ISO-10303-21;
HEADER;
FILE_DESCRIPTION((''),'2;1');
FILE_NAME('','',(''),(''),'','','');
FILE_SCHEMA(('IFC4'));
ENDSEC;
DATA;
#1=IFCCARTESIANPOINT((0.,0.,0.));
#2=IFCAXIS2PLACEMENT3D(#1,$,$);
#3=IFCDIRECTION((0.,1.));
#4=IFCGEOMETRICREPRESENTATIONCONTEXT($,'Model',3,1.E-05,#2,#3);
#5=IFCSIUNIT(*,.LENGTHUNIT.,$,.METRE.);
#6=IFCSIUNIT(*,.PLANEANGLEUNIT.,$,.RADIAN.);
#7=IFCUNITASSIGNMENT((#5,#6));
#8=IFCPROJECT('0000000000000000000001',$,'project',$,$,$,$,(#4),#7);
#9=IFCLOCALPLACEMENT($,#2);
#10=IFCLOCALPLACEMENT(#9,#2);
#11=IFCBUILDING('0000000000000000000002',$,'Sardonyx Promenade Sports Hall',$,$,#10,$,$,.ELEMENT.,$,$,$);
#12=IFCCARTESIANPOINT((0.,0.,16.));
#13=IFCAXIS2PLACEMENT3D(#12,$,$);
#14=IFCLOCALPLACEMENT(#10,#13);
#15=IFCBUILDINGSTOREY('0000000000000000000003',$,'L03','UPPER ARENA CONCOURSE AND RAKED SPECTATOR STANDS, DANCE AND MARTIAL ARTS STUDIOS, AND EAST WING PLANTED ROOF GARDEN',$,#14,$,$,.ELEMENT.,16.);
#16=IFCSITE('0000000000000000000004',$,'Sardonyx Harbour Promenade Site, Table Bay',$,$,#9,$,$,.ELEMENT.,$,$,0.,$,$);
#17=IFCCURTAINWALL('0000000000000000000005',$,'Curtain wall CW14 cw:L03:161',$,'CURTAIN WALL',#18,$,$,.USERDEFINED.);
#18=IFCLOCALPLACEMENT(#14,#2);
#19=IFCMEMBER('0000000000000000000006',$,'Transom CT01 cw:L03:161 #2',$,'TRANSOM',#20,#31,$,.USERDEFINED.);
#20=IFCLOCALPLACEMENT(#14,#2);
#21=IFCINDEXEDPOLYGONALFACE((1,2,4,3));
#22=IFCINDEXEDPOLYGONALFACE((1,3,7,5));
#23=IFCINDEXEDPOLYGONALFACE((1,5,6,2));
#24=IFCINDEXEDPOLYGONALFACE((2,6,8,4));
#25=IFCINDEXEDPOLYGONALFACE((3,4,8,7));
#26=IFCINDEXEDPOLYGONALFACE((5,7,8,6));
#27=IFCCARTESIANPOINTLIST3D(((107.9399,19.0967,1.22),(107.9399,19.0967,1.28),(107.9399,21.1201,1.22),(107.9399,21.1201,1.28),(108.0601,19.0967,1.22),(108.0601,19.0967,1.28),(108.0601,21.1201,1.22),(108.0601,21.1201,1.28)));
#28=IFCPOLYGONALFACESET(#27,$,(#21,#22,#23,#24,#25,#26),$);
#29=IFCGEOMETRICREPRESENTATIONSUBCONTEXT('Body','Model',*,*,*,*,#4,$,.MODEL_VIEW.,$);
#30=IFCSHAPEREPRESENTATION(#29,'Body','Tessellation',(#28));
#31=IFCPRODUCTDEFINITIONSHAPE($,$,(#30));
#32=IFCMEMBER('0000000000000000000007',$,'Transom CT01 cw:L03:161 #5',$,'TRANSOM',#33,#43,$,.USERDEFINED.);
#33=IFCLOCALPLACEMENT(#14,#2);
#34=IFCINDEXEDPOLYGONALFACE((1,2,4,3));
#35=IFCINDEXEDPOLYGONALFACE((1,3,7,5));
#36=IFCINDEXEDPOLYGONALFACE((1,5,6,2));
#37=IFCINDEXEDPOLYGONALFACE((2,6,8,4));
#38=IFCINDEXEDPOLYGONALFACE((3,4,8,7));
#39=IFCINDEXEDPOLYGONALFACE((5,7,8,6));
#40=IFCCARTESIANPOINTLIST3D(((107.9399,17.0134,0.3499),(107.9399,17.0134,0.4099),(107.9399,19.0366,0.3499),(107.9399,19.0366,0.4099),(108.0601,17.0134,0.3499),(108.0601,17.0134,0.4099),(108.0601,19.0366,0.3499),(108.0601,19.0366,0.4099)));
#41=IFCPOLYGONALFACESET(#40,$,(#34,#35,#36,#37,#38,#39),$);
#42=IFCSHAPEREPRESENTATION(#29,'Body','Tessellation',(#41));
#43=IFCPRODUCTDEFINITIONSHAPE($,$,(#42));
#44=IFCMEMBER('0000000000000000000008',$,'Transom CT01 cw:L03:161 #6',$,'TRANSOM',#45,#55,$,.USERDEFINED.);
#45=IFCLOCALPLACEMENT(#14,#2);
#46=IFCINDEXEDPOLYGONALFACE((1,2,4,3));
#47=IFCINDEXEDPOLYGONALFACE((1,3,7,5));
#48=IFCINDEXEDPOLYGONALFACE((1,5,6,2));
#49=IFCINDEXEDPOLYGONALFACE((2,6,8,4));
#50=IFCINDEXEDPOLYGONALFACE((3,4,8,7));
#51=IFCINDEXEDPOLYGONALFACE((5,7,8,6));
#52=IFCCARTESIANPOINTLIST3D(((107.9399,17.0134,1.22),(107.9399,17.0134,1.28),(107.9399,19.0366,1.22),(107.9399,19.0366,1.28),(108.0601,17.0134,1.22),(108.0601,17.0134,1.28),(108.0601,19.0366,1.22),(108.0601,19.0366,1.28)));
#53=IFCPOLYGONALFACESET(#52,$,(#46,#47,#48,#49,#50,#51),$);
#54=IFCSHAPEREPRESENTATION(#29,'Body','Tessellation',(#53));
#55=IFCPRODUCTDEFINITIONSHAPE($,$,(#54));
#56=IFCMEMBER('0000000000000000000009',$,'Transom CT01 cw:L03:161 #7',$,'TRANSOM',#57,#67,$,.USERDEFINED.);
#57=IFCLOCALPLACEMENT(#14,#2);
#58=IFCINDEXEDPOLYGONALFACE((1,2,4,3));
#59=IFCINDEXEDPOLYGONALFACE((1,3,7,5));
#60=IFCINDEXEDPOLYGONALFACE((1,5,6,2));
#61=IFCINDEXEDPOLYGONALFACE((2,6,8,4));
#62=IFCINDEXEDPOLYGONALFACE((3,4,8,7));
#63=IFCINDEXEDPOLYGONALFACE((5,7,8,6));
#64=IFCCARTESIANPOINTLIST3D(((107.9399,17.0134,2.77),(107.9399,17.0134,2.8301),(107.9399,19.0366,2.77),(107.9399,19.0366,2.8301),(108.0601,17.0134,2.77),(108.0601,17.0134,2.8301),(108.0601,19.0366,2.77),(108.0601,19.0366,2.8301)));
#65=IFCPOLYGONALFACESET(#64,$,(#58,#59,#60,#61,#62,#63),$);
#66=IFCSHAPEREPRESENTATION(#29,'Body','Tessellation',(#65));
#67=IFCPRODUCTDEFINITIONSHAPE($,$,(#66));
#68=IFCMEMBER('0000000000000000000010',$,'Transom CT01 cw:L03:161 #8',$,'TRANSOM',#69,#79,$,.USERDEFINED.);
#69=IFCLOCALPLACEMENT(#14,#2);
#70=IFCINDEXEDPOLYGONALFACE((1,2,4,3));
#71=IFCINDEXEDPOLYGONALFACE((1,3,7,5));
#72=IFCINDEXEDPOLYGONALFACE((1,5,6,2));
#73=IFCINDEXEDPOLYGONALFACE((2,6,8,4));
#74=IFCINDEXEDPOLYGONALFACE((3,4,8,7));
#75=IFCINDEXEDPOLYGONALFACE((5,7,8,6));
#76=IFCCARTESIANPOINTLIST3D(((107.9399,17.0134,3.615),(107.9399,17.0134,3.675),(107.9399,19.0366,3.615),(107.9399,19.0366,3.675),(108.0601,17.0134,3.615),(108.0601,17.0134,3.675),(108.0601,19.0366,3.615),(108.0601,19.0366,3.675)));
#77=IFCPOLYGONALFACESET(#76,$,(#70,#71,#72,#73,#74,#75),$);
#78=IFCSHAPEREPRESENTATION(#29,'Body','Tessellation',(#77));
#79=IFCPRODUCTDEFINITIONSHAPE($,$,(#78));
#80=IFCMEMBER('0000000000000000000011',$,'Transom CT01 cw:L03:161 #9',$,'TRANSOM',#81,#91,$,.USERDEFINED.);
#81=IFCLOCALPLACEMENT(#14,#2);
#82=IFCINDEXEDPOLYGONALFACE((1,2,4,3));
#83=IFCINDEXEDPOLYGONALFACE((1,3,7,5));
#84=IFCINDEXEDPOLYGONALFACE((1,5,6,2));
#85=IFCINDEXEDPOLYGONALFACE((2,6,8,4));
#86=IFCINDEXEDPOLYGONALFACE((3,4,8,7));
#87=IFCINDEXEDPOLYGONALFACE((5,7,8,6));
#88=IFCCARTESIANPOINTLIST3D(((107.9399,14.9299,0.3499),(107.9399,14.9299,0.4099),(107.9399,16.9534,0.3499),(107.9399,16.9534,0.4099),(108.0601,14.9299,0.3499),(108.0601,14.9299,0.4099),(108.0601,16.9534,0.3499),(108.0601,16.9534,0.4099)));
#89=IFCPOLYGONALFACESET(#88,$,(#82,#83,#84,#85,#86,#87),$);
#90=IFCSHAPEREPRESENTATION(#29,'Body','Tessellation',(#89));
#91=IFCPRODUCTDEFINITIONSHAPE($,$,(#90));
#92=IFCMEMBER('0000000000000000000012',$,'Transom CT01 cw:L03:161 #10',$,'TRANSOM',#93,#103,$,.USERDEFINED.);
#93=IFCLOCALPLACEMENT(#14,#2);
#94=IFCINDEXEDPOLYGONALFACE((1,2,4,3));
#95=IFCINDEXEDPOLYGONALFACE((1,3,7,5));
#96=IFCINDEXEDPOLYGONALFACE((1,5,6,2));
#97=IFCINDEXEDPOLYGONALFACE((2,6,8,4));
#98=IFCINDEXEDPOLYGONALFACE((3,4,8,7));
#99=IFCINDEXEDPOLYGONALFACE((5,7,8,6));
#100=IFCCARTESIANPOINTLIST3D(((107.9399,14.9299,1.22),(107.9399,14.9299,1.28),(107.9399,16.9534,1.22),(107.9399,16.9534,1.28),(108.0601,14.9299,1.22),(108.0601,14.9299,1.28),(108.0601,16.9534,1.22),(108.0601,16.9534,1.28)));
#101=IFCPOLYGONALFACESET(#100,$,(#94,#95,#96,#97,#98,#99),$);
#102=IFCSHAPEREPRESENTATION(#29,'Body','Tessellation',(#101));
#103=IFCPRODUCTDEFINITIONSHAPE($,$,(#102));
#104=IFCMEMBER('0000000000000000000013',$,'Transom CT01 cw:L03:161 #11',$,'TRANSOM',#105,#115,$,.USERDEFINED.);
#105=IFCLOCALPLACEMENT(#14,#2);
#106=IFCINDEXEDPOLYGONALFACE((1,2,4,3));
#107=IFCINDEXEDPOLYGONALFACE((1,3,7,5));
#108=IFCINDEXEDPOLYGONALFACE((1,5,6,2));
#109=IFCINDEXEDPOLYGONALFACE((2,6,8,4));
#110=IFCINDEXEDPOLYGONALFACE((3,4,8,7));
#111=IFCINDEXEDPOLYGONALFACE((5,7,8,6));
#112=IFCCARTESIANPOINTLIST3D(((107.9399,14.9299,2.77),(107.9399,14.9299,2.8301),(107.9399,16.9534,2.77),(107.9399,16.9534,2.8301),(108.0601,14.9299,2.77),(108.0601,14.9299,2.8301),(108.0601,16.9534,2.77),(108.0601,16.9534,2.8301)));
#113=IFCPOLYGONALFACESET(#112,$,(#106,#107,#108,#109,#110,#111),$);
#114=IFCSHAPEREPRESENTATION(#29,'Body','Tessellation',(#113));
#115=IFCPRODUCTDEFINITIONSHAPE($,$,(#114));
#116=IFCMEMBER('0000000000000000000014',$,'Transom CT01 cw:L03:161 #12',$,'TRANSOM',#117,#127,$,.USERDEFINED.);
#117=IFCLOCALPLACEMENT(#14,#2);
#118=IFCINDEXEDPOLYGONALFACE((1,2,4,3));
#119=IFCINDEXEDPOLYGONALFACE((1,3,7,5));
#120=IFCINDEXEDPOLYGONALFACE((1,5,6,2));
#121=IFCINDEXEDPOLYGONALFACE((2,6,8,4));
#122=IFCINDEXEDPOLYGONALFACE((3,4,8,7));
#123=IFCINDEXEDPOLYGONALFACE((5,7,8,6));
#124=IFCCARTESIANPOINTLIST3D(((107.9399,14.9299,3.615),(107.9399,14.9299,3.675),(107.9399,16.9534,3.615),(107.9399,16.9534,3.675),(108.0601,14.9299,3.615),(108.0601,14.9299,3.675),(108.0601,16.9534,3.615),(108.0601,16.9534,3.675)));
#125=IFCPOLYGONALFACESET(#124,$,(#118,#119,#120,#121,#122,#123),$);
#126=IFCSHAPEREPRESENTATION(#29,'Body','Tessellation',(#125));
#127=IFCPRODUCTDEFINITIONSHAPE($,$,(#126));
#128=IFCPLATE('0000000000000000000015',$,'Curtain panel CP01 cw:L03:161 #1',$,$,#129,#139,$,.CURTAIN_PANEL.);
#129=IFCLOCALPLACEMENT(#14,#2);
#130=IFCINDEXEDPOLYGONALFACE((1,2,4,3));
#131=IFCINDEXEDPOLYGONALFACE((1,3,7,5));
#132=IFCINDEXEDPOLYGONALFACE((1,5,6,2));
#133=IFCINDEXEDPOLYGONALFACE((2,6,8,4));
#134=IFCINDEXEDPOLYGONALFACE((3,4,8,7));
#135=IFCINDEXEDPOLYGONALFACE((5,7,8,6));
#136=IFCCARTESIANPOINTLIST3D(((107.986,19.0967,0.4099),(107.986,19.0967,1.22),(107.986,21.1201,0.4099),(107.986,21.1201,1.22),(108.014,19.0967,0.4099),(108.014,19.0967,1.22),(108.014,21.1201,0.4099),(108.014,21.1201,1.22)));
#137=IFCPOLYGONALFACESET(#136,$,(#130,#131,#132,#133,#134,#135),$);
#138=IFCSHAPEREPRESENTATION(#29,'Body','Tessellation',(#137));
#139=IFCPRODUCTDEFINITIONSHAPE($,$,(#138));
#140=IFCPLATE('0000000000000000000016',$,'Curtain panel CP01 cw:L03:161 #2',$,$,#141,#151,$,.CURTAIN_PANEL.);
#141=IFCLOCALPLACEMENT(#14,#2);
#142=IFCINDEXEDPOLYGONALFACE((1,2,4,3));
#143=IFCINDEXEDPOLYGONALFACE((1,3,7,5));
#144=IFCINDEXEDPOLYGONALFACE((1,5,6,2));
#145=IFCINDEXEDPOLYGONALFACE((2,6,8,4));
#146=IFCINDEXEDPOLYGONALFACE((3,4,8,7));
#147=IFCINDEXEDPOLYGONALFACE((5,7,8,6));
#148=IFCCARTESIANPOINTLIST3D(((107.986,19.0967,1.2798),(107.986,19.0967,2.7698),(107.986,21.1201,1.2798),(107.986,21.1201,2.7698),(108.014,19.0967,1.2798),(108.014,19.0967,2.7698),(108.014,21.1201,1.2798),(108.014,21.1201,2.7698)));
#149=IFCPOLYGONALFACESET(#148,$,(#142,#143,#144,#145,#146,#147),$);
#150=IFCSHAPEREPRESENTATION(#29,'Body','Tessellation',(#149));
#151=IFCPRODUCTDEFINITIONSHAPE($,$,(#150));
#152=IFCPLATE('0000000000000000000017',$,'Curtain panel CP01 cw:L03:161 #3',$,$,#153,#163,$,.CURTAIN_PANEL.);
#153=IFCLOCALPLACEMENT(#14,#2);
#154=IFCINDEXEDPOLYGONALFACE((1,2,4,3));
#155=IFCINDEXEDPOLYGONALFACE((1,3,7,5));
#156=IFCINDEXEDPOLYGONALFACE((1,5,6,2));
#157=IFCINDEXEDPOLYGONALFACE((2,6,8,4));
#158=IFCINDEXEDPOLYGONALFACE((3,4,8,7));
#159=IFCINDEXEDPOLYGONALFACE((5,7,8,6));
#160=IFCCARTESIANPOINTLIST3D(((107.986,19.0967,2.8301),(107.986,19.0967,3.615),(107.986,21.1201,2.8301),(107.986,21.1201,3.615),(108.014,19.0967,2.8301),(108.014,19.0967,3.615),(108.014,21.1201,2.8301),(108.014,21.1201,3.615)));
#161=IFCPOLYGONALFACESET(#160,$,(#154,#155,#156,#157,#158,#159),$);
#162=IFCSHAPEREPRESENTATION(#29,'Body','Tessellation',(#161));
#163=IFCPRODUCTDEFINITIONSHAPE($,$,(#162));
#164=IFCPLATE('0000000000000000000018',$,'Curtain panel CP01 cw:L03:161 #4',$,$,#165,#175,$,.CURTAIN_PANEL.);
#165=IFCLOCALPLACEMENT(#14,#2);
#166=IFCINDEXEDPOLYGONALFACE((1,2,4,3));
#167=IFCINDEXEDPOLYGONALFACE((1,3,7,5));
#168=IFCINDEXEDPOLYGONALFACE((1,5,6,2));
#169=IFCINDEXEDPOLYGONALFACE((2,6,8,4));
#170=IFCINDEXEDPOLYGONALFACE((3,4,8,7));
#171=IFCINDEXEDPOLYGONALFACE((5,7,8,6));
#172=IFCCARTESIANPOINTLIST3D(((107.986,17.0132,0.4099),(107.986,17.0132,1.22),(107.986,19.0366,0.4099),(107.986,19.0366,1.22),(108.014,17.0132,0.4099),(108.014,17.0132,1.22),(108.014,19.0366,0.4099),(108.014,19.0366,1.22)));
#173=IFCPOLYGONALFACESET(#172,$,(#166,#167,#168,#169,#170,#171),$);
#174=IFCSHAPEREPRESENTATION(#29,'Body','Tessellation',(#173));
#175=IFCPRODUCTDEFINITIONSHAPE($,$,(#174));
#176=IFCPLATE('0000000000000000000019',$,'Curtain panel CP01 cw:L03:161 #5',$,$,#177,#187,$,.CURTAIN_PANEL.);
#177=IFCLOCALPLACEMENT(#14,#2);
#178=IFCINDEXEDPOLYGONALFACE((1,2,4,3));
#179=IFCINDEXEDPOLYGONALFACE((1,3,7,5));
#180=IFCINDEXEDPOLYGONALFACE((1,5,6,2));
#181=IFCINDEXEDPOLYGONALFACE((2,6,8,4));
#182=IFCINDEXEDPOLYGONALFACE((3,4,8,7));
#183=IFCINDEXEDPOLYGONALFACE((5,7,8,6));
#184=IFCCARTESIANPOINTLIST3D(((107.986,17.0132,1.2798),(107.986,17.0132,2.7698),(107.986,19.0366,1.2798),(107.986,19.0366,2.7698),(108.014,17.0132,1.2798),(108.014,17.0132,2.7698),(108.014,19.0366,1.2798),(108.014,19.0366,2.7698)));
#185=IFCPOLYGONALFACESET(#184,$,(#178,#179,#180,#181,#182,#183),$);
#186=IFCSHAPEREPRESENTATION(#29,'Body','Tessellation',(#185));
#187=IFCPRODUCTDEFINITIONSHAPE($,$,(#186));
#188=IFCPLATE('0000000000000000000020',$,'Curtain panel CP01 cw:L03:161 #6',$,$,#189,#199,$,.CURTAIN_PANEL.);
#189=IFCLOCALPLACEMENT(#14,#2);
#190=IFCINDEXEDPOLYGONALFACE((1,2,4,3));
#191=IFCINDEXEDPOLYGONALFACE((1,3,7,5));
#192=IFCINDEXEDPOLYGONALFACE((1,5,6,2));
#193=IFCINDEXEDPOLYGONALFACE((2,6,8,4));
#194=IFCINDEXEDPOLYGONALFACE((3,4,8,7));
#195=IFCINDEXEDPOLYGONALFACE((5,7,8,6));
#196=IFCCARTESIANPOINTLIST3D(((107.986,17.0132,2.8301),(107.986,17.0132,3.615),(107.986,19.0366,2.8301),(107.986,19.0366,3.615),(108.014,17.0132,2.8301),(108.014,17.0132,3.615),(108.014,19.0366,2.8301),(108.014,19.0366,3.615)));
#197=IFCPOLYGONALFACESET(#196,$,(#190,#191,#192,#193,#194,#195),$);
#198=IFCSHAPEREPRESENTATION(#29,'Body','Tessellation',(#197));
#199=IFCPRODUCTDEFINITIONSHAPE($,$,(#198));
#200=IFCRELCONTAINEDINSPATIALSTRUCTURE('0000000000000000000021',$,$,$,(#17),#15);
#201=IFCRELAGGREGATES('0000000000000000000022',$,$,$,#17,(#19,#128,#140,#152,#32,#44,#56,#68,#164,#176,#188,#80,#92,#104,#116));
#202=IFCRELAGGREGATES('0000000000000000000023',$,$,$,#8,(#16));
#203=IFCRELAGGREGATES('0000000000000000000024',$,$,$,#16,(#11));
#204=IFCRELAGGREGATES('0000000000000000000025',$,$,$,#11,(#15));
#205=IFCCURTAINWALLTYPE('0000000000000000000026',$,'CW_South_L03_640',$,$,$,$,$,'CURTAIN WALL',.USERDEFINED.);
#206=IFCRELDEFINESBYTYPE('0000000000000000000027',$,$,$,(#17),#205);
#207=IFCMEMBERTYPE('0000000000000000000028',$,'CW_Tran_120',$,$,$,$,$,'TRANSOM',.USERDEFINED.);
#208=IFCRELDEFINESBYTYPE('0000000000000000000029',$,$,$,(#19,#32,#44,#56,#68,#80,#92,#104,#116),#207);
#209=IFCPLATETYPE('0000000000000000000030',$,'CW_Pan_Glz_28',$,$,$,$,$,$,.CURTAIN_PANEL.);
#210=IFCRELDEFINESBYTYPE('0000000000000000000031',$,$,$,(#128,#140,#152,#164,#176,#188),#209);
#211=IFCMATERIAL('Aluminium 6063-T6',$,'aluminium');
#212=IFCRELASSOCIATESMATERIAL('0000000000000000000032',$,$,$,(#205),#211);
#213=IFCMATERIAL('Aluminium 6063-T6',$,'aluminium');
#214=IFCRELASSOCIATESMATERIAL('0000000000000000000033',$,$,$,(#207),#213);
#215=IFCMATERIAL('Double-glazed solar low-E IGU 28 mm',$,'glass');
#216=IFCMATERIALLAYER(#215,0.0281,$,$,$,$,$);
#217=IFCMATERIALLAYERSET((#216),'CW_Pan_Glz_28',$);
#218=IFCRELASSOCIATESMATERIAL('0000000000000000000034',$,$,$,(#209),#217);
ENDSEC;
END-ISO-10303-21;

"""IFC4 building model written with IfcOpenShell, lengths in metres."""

from ifc_helpers import new_model, si_unit, direction, frame, origin, origin_2d, place, context, subcontext, project, spatial, rectangle, extrude, material, layer, layer_set, material_profile, profile_set, type_object, element, aggregate, save


model = new_model("IFC4")

# Units and contexts
model_context = context("Model", 3, precision=1e-05, world=origin(), true_north=direction((0.0, 1.0)))
body_context = subcontext(model_context, "Body", "Model", "MODEL_VIEW")
ifc_project = project(units=[si_unit("LENGTHUNIT", "METRE"), si_unit("PLANEANGLEUNIT", "RADIAN")], contexts=[model_context])

# Site, building, storey
site_placement = place(None, origin())
site = spatial("IfcSite", under=ifc_project, at=site_placement, Name="Sardonyx Harbour Promenade Site, Table Bay", CompositionType="ELEMENT", RefElevation=0.0)
building_placement = place(site_placement, origin())
building = spatial("IfcBuilding", under=site, at=building_placement, Name="Sardonyx Promenade Sports Hall", CompositionType="ELEMENT")
storey_placement = place(building_placement, frame((0.0, 0.0, 16.0)))
storey = spatial("IfcBuildingStorey", under=building, at=storey_placement, Name="L03", Description="UPPER ARENA CONCOURSE AND RAKED SPECTATOR STANDS, DANCE AND MARTIAL ARTS STUDIOS, AND EAST WING PLANTED ROOF GARDEN", CompositionType="ELEMENT", Elevation=16.0)

# Curtain wall
ifc_material_1 = material(Name="Aluminium 6063-T6", Category="aluminium")
curtain_wall_type = type_object("IfcCurtainWallType", Name="CW_South_L03_640", ElementType="CURTAIN WALL", PredefinedType="USERDEFINED", material=ifc_material_1)
curtain_wall_1_placement = place(storey_placement, origin())
curtain_wall_1 = element("IfcCurtainWall", 1, at=curtain_wall_1_placement, inside=storey, type_object=curtain_wall_type, Name="Curtain wall CW14 cw:L03:161", ObjectType="CURTAIN WALL", PredefinedType="USERDEFINED")

# Members
ifc_material_2 = material(Name="Aluminium 6063-T6", Category="aluminium")
ifc_material_profile_1 = material_profile(ifc_material_2, rectangle(XDim=0.0601, YDim=0.1201, at=origin_2d()))
ifc_profile_set_1 = profile_set([ifc_material_profile_1], Name="Aluminium 6063-T6")
member_type_1 = type_object("IfcMemberType", Name="CW_Tran_120", ElementType="TRANSOM", PredefinedType="USERDEFINED", material=ifc_profile_set_1)
member_1_placement = place(storey_placement, frame((108.0, 21.1201, 1.25), z_axis=(0.0, -1.0, 0.0), x_axis=(0.0, 0.0, 1.0)))
member_1 = element("IfcMember", 2, at=member_1_placement, type_object=member_type_1, Name="Transom CT01 cw:L03:161 #2", ObjectType="TRANSOM", PredefinedType="USERDEFINED", context=body_context, shape_type="SweptSolid", body=[
    extrude(rectangle(XDim=0.0601, YDim=0.1201, at=origin_2d()), origin(), (0.0, 0.0, 1.0), 2.0234),
])
member_2_placement = place(storey_placement, frame((108.0, 19.0366, 0.3799), z_axis=(0.0, -1.0, 0.0), x_axis=(0.0, 0.0, 1.0)))
member_2 = element("IfcMember", 3, at=member_2_placement, type_object=member_type_1, Name="Transom CT01 cw:L03:161 #5", ObjectType="TRANSOM", PredefinedType="USERDEFINED", context=body_context, shape_type="SweptSolid", body=[
    extrude(rectangle(XDim=0.0601, YDim=0.1201, at=origin_2d()), origin(), (0.0, 0.0, 1.0), 2.0232),
])
member_3_placement = place(storey_placement, frame((108.0, 19.0366, 1.25), z_axis=(0.0, -1.0, 0.0), x_axis=(0.0, 0.0, 1.0)))
member_3 = element("IfcMember", 4, at=member_3_placement, type_object=member_type_1, Name="Transom CT01 cw:L03:161 #6", ObjectType="TRANSOM", PredefinedType="USERDEFINED", context=body_context, shape_type="SweptSolid", body=[
    extrude(rectangle(XDim=0.0601, YDim=0.1201, at=origin_2d()), origin(), (0.0, 0.0, 1.0), 2.0232),
])
member_4_placement = place(storey_placement, frame((108.0, 19.0366, 2.8), z_axis=(0.0, -1.0, 0.0), x_axis=(0.0, 0.0, 1.0)))
member_4 = element("IfcMember", 5, at=member_4_placement, type_object=member_type_1, Name="Transom CT01 cw:L03:161 #7", ObjectType="TRANSOM", PredefinedType="USERDEFINED", context=body_context, shape_type="SweptSolid", body=[
    extrude(rectangle(XDim=0.0601, YDim=0.1201, at=origin_2d()), origin(), (0.0, 0.0, 1.0), 2.0232),
])
member_5_placement = place(storey_placement, frame((108.0, 19.0366, 3.645), z_axis=(0.0, -1.0, 0.0), x_axis=(0.0, 0.0, 1.0)))
member_5 = element("IfcMember", 6, at=member_5_placement, type_object=member_type_1, Name="Transom CT01 cw:L03:161 #8", ObjectType="TRANSOM", PredefinedType="USERDEFINED", context=body_context, shape_type="SweptSolid", body=[
    extrude(rectangle(XDim=0.0601, YDim=0.1201, at=origin_2d()), origin(), (0.0, 0.0, 1.0), 2.0232),
])
member_6_placement = place(storey_placement, frame((108.0, 16.9534, 0.3799), z_axis=(0.0, -1.0, 0.0), x_axis=(0.0, 0.0, 1.0)))
member_6 = element("IfcMember", 7, at=member_6_placement, type_object=member_type_1, Name="Transom CT01 cw:L03:161 #9", ObjectType="TRANSOM", PredefinedType="USERDEFINED", context=body_context, shape_type="SweptSolid", body=[
    extrude(rectangle(XDim=0.0601, YDim=0.1201, at=origin_2d()), origin(), (0.0, 0.0, 1.0), 2.0234),
])
member_7_placement = place(storey_placement, frame((108.0, 16.9534, 1.25), z_axis=(0.0, -1.0, 0.0), x_axis=(0.0, 0.0, 1.0)))
member_7 = element("IfcMember", 8, at=member_7_placement, type_object=member_type_1, Name="Transom CT01 cw:L03:161 #10", ObjectType="TRANSOM", PredefinedType="USERDEFINED", context=body_context, shape_type="SweptSolid", body=[
    extrude(rectangle(XDim=0.0601, YDim=0.1201, at=origin_2d()), origin(), (0.0, 0.0, 1.0), 2.0234),
])
member_8_placement = place(storey_placement, frame((108.0, 16.9534, 2.8), z_axis=(0.0, -1.0, 0.0), x_axis=(0.0, 0.0, 1.0)))
member_8 = element("IfcMember", 9, at=member_8_placement, type_object=member_type_1, Name="Transom CT01 cw:L03:161 #11", ObjectType="TRANSOM", PredefinedType="USERDEFINED", context=body_context, shape_type="SweptSolid", body=[
    extrude(rectangle(XDim=0.0601, YDim=0.1201, at=origin_2d()), origin(), (0.0, 0.0, 1.0), 2.0234),
])
member_9_placement = place(storey_placement, frame((108.0, 16.9534, 3.645), z_axis=(0.0, -1.0, 0.0), x_axis=(0.0, 0.0, 1.0)))
member_9 = element("IfcMember", 10, at=member_9_placement, type_object=member_type_1, Name="Transom CT01 cw:L03:161 #12", ObjectType="TRANSOM", PredefinedType="USERDEFINED", context=body_context, shape_type="SweptSolid", body=[
    extrude(rectangle(XDim=0.0601, YDim=0.1201, at=origin_2d()), origin(), (0.0, 0.0, 1.0), 2.0234),
])

# Plates
ifc_material_3 = material(Name="Double-glazed solar low-E IGU 28 mm", Category="glass")
ifc_layer_1 = layer(ifc_material_3, 0.0281)
ifc_layer_set_1 = layer_set([ifc_layer_1], Name="CW_Pan_Glz_28")
plate_type_1 = type_object("IfcPlateType", Name="CW_Pan_Glz_28", PredefinedType="CURTAIN_PANEL", material=ifc_layer_set_1)
plate_1_placement = place(storey_placement, frame((108.0, 20.1084, 0.4099), z_axis=(0.0, 0.0, 1.0), x_axis=(0.0, -1.0, 0.0)))
plate_1 = element("IfcPlate", 11, at=plate_1_placement, type_object=plate_type_1, Name="Curtain panel CP01 cw:L03:161 #1", PredefinedType="CURTAIN_PANEL", context=body_context, shape_type="SweptSolid", body=[
    extrude(rectangle(XDim=2.0234, YDim=0.0281, at=origin_2d()), origin(), (0.0, 0.0, 1.0), 0.8101),
])
plate_2_placement = place(storey_placement, frame((108.0, 20.1084, 1.2798), z_axis=(0.0, 0.0, 1.0), x_axis=(0.0, -1.0, 0.0)))
plate_2 = element("IfcPlate", 12, at=plate_2_placement, type_object=plate_type_1, Name="Curtain panel CP01 cw:L03:161 #2", PredefinedType="CURTAIN_PANEL", context=body_context, shape_type="SweptSolid", body=[
    extrude(rectangle(XDim=2.0234, YDim=0.0281, at=origin_2d()), origin(), (0.0, 0.0, 1.0), 1.49),
])
plate_3_placement = place(storey_placement, frame((108.0, 20.1084, 2.8301), z_axis=(0.0, 0.0, 1.0), x_axis=(0.0, -1.0, 0.0)))
plate_3 = element("IfcPlate", 13, at=plate_3_placement, type_object=plate_type_1, Name="Curtain panel CP01 cw:L03:161 #3", PredefinedType="CURTAIN_PANEL", context=body_context, shape_type="SweptSolid", body=[
    extrude(rectangle(XDim=2.0234, YDim=0.0281, at=origin_2d()), origin(), (0.0, 0.0, 1.0), 0.7849),
])
plate_4_placement = place(storey_placement, frame((108.0, 18.0249, 0.4099), z_axis=(0.0, 0.0, 1.0), x_axis=(0.0, -1.0, 0.0)))
plate_4 = element("IfcPlate", 14, at=plate_4_placement, type_object=plate_type_1, Name="Curtain panel CP01 cw:L03:161 #4", PredefinedType="CURTAIN_PANEL", context=body_context, shape_type="SweptSolid", body=[
    extrude(rectangle(XDim=2.0234, YDim=0.0281, at=origin_2d()), origin(), (0.0, 0.0, 1.0), 0.8101),
])
plate_5_placement = place(storey_placement, frame((108.0, 18.0249, 1.2798), z_axis=(0.0, 0.0, 1.0), x_axis=(0.0, -1.0, 0.0)))
plate_5 = element("IfcPlate", 15, at=plate_5_placement, type_object=plate_type_1, Name="Curtain panel CP01 cw:L03:161 #5", PredefinedType="CURTAIN_PANEL", context=body_context, shape_type="SweptSolid", body=[
    extrude(rectangle(XDim=2.0234, YDim=0.0281, at=origin_2d()), origin(), (0.0, 0.0, 1.0), 1.49),
])
plate_6_placement = place(storey_placement, frame((108.0, 18.0249, 2.8301), z_axis=(0.0, 0.0, 1.0), x_axis=(0.0, -1.0, 0.0)))
plate_6 = element("IfcPlate", 16, at=plate_6_placement, type_object=plate_type_1, Name="Curtain panel CP01 cw:L03:161 #6", PredefinedType="CURTAIN_PANEL", context=body_context, shape_type="SweptSolid", body=[
    extrude(rectangle(XDim=2.0234, YDim=0.0281, at=origin_2d()), origin(), (0.0, 0.0, 1.0), 0.7849),
])
aggregate(curtain_wall_1, [member_1, plate_1, plate_2, plate_3, member_2, member_3, member_4, member_5, plate_4, plate_5, plate_6, member_6, member_7, member_8, member_9])

save(model, "model.ifc")
